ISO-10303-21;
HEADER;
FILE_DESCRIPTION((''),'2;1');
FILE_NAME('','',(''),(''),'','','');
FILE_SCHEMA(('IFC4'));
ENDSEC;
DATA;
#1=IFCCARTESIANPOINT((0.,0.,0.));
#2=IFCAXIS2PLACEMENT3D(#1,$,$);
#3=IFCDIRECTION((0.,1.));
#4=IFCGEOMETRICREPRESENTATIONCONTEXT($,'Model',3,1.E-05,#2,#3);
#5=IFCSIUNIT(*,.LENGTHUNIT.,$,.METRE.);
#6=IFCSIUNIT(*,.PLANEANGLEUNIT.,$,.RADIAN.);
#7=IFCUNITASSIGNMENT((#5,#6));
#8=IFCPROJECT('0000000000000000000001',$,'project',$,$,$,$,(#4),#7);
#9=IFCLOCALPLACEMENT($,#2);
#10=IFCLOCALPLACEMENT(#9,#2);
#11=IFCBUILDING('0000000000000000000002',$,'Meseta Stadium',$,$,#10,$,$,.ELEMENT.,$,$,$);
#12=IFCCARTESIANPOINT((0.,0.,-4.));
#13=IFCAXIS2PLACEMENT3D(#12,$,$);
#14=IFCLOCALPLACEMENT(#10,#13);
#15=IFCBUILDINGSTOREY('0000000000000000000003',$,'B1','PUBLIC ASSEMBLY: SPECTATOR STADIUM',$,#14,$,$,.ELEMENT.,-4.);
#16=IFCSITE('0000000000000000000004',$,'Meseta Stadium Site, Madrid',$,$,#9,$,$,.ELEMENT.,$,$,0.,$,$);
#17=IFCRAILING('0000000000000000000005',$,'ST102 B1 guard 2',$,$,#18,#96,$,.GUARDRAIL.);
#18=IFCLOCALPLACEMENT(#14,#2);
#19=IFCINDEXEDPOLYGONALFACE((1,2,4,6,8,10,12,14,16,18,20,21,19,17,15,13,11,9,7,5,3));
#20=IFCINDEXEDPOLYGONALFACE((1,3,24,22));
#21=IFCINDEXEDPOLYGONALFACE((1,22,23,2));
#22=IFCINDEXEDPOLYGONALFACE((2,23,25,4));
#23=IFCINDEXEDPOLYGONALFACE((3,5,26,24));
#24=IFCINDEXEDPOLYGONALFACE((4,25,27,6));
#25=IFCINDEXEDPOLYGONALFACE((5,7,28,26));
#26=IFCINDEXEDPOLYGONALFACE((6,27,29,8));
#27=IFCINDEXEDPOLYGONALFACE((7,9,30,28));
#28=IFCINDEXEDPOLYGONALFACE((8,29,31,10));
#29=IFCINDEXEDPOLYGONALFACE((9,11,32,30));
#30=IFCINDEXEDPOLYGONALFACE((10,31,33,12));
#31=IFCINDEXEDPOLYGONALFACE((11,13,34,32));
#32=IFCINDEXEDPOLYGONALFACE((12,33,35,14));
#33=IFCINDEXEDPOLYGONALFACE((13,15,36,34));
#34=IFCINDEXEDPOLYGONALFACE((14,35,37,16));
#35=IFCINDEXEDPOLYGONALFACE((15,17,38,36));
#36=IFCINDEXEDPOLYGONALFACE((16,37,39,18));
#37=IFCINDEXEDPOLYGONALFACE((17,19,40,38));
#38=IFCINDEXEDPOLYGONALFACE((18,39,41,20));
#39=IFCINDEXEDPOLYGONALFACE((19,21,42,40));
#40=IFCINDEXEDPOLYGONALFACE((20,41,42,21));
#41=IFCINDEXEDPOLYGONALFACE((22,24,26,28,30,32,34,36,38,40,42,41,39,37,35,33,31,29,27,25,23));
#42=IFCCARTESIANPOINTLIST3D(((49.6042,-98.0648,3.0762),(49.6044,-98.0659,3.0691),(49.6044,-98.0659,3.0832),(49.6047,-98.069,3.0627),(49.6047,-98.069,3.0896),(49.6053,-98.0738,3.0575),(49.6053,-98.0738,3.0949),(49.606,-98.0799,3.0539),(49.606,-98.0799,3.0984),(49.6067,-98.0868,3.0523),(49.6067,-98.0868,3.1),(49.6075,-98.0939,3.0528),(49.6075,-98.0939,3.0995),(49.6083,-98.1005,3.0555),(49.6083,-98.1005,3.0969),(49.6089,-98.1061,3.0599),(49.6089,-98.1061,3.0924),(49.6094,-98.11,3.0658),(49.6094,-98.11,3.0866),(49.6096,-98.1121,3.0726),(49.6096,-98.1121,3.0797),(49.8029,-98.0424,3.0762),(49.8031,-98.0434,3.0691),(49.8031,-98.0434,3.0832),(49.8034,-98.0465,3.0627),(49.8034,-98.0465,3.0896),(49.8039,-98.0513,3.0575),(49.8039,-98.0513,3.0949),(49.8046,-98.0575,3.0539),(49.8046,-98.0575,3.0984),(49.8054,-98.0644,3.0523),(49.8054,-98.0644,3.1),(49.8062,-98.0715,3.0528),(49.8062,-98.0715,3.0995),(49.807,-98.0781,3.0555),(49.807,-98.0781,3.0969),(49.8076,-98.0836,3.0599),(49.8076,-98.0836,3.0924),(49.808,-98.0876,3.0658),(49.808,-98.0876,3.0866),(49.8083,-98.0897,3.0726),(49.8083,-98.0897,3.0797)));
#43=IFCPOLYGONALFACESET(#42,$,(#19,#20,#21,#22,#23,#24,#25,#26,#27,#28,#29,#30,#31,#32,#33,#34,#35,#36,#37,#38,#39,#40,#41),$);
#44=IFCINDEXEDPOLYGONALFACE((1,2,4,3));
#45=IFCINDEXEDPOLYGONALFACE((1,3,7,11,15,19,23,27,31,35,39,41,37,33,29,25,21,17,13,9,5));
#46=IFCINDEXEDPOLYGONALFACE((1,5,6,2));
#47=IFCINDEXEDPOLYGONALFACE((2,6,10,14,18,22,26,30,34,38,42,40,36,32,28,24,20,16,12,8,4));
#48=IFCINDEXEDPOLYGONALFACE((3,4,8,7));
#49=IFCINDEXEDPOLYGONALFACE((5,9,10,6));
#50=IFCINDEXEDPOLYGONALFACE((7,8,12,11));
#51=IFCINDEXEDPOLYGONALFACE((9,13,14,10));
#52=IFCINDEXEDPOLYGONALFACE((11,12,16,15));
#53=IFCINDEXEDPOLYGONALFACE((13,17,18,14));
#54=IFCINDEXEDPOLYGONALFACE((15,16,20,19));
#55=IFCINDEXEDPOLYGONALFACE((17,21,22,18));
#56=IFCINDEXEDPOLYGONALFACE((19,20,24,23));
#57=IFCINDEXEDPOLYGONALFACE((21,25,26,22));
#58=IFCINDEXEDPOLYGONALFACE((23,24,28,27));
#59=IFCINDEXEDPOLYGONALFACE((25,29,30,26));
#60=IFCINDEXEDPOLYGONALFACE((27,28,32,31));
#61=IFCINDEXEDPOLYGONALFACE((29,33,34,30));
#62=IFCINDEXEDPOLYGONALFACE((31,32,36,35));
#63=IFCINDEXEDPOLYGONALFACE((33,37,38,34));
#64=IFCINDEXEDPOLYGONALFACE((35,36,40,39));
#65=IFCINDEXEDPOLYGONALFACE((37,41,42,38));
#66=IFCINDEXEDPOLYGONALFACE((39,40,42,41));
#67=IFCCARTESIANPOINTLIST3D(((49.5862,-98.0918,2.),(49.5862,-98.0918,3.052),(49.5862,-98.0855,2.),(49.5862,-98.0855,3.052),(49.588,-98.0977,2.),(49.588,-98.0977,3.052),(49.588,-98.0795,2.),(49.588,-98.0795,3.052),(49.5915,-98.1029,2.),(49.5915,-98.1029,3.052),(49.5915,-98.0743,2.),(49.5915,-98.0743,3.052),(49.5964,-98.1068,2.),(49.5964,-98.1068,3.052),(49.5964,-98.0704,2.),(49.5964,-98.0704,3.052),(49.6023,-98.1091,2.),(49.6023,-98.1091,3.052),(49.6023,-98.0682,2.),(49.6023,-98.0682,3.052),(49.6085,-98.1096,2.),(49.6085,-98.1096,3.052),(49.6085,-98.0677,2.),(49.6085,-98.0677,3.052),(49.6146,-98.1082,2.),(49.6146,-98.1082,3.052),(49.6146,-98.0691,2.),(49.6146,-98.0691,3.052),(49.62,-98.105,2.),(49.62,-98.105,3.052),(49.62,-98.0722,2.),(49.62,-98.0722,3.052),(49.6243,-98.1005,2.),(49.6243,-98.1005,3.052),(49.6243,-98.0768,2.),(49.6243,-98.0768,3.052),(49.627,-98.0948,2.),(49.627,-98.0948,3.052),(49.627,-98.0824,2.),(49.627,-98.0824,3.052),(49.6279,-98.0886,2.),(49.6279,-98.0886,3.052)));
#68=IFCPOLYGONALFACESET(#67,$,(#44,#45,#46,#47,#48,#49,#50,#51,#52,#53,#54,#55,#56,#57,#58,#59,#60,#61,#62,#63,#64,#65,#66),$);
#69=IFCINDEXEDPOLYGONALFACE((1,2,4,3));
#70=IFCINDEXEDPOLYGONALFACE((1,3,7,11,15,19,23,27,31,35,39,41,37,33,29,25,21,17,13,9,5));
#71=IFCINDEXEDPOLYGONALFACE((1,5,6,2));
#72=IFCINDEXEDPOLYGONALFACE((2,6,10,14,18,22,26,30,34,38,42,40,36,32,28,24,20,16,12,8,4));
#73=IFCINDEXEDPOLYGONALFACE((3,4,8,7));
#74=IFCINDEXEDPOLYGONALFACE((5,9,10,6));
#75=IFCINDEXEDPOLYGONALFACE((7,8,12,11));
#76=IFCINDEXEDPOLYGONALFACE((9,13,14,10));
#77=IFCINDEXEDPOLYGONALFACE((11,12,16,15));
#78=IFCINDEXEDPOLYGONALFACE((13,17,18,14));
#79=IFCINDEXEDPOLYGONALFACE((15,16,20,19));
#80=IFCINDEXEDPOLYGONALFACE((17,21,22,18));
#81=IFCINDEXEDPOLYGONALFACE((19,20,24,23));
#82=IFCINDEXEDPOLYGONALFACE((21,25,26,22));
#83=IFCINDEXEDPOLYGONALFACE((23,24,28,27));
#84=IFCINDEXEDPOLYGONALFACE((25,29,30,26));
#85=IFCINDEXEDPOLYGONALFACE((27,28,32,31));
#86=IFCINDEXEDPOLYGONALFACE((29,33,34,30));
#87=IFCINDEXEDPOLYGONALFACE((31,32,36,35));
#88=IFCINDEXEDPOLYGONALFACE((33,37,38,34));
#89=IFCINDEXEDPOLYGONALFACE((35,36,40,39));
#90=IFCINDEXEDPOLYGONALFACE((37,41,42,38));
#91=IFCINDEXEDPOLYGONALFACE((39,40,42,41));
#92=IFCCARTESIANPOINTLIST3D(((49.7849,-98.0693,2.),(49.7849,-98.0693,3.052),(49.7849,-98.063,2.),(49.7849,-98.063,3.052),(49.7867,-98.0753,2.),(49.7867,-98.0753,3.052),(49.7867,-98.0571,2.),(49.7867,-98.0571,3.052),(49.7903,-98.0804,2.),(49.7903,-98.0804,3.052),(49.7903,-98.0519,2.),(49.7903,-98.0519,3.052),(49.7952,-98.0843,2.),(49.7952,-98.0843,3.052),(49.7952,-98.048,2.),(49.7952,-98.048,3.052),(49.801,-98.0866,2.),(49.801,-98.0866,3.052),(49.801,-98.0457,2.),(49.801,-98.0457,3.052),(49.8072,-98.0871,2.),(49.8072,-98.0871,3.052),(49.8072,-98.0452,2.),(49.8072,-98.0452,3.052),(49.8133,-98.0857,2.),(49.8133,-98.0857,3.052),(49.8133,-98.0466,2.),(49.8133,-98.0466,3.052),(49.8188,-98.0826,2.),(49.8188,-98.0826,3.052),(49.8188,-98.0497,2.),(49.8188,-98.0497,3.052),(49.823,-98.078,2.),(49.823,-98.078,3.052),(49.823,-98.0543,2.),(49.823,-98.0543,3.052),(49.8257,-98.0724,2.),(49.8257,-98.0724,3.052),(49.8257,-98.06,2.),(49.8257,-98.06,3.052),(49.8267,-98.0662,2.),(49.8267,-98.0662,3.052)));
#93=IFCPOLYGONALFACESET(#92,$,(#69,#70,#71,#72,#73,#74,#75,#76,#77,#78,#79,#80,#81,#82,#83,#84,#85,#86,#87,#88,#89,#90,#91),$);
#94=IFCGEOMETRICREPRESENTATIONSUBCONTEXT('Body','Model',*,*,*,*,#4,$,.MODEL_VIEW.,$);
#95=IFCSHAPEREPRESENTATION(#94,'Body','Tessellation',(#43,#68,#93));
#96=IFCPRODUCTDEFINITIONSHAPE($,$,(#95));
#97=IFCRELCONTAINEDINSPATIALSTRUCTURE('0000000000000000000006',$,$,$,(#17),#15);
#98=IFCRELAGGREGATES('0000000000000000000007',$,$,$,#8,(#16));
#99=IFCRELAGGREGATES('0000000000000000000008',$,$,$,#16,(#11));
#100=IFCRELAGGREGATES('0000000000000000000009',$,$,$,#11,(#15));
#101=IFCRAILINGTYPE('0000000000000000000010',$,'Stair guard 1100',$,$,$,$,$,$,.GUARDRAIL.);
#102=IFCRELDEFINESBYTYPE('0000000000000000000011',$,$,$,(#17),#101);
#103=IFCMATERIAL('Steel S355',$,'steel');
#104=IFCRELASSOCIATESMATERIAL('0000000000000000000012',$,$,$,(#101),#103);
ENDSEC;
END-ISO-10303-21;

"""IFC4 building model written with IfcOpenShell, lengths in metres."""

from ifc_helpers import new_model, si_unit, direction, frame, origin, origin_2d, place, context, subcontext, project, spatial, circle, extrude, material, type_object, element, save


model = new_model("IFC4")

# Units and contexts
model_context = context("Model", 3, precision=1e-05, world=origin(), true_north=direction((0.0, 1.0)))
body_context = subcontext(model_context, "Body", "Model", "MODEL_VIEW")
ifc_project = project(units=[si_unit("LENGTHUNIT", "METRE"), si_unit("PLANEANGLEUNIT", "RADIAN")], contexts=[model_context])

# Site, building, storey
site_placement = place(None, origin())
site = spatial("IfcSite", under=ifc_project, at=site_placement, Name="Meseta Stadium Site, Madrid", CompositionType="ELEMENT", RefElevation=0.0)
building_placement = place(site_placement, origin())
building = spatial("IfcBuilding", under=site, at=building_placement, Name="Meseta Stadium", CompositionType="ELEMENT")
storey_placement = place(building_placement, frame((0.0, 0.0, -4.0)))
storey = spatial("IfcBuildingStorey", under=building, at=storey_placement, Name="B1", Description="PUBLIC ASSEMBLY: SPECTATOR STADIUM", CompositionType="ELEMENT", Elevation=-4.0)

# Railing
ifc_material_1 = material(Name="Steel S355", Category="steel")
railing_type_1 = type_object("IfcRailingType", Name="Stair guard 1100", PredefinedType="GUARDRAIL", material=ifc_material_1)
railing_1_placement = place(storey_placement, frame((49.6069, -98.0886, 2.0)))
element("IfcRailing", 1, at=railing_1_placement, inside=storey, type_object=railing_type_1, Name="ST102 B1 guard 2", PredefinedType="GUARDRAIL", context=body_context, shape_type="SweptSolid", body=[
    extrude(circle(Radius=0.0239, at=origin_2d()), frame((0.0, 0.0, 1.0762), z_axis=(0.993674, 0.112307, 0.0), x_axis=(-0.112307, 0.993674, 0.0)), (0.0, 0.0, 1.0), 0.2),
    extrude(circle(Radius=0.021, at=origin_2d()), origin(), (0.0, 0.0, 1.0), 1.052),
    extrude(circle(Radius=0.021, at=origin_2d()), frame((0.1987, 0.0225, 0.0)), (0.0, 0.0, 1.0), 1.052),
])

save(model, "model.ifc")
